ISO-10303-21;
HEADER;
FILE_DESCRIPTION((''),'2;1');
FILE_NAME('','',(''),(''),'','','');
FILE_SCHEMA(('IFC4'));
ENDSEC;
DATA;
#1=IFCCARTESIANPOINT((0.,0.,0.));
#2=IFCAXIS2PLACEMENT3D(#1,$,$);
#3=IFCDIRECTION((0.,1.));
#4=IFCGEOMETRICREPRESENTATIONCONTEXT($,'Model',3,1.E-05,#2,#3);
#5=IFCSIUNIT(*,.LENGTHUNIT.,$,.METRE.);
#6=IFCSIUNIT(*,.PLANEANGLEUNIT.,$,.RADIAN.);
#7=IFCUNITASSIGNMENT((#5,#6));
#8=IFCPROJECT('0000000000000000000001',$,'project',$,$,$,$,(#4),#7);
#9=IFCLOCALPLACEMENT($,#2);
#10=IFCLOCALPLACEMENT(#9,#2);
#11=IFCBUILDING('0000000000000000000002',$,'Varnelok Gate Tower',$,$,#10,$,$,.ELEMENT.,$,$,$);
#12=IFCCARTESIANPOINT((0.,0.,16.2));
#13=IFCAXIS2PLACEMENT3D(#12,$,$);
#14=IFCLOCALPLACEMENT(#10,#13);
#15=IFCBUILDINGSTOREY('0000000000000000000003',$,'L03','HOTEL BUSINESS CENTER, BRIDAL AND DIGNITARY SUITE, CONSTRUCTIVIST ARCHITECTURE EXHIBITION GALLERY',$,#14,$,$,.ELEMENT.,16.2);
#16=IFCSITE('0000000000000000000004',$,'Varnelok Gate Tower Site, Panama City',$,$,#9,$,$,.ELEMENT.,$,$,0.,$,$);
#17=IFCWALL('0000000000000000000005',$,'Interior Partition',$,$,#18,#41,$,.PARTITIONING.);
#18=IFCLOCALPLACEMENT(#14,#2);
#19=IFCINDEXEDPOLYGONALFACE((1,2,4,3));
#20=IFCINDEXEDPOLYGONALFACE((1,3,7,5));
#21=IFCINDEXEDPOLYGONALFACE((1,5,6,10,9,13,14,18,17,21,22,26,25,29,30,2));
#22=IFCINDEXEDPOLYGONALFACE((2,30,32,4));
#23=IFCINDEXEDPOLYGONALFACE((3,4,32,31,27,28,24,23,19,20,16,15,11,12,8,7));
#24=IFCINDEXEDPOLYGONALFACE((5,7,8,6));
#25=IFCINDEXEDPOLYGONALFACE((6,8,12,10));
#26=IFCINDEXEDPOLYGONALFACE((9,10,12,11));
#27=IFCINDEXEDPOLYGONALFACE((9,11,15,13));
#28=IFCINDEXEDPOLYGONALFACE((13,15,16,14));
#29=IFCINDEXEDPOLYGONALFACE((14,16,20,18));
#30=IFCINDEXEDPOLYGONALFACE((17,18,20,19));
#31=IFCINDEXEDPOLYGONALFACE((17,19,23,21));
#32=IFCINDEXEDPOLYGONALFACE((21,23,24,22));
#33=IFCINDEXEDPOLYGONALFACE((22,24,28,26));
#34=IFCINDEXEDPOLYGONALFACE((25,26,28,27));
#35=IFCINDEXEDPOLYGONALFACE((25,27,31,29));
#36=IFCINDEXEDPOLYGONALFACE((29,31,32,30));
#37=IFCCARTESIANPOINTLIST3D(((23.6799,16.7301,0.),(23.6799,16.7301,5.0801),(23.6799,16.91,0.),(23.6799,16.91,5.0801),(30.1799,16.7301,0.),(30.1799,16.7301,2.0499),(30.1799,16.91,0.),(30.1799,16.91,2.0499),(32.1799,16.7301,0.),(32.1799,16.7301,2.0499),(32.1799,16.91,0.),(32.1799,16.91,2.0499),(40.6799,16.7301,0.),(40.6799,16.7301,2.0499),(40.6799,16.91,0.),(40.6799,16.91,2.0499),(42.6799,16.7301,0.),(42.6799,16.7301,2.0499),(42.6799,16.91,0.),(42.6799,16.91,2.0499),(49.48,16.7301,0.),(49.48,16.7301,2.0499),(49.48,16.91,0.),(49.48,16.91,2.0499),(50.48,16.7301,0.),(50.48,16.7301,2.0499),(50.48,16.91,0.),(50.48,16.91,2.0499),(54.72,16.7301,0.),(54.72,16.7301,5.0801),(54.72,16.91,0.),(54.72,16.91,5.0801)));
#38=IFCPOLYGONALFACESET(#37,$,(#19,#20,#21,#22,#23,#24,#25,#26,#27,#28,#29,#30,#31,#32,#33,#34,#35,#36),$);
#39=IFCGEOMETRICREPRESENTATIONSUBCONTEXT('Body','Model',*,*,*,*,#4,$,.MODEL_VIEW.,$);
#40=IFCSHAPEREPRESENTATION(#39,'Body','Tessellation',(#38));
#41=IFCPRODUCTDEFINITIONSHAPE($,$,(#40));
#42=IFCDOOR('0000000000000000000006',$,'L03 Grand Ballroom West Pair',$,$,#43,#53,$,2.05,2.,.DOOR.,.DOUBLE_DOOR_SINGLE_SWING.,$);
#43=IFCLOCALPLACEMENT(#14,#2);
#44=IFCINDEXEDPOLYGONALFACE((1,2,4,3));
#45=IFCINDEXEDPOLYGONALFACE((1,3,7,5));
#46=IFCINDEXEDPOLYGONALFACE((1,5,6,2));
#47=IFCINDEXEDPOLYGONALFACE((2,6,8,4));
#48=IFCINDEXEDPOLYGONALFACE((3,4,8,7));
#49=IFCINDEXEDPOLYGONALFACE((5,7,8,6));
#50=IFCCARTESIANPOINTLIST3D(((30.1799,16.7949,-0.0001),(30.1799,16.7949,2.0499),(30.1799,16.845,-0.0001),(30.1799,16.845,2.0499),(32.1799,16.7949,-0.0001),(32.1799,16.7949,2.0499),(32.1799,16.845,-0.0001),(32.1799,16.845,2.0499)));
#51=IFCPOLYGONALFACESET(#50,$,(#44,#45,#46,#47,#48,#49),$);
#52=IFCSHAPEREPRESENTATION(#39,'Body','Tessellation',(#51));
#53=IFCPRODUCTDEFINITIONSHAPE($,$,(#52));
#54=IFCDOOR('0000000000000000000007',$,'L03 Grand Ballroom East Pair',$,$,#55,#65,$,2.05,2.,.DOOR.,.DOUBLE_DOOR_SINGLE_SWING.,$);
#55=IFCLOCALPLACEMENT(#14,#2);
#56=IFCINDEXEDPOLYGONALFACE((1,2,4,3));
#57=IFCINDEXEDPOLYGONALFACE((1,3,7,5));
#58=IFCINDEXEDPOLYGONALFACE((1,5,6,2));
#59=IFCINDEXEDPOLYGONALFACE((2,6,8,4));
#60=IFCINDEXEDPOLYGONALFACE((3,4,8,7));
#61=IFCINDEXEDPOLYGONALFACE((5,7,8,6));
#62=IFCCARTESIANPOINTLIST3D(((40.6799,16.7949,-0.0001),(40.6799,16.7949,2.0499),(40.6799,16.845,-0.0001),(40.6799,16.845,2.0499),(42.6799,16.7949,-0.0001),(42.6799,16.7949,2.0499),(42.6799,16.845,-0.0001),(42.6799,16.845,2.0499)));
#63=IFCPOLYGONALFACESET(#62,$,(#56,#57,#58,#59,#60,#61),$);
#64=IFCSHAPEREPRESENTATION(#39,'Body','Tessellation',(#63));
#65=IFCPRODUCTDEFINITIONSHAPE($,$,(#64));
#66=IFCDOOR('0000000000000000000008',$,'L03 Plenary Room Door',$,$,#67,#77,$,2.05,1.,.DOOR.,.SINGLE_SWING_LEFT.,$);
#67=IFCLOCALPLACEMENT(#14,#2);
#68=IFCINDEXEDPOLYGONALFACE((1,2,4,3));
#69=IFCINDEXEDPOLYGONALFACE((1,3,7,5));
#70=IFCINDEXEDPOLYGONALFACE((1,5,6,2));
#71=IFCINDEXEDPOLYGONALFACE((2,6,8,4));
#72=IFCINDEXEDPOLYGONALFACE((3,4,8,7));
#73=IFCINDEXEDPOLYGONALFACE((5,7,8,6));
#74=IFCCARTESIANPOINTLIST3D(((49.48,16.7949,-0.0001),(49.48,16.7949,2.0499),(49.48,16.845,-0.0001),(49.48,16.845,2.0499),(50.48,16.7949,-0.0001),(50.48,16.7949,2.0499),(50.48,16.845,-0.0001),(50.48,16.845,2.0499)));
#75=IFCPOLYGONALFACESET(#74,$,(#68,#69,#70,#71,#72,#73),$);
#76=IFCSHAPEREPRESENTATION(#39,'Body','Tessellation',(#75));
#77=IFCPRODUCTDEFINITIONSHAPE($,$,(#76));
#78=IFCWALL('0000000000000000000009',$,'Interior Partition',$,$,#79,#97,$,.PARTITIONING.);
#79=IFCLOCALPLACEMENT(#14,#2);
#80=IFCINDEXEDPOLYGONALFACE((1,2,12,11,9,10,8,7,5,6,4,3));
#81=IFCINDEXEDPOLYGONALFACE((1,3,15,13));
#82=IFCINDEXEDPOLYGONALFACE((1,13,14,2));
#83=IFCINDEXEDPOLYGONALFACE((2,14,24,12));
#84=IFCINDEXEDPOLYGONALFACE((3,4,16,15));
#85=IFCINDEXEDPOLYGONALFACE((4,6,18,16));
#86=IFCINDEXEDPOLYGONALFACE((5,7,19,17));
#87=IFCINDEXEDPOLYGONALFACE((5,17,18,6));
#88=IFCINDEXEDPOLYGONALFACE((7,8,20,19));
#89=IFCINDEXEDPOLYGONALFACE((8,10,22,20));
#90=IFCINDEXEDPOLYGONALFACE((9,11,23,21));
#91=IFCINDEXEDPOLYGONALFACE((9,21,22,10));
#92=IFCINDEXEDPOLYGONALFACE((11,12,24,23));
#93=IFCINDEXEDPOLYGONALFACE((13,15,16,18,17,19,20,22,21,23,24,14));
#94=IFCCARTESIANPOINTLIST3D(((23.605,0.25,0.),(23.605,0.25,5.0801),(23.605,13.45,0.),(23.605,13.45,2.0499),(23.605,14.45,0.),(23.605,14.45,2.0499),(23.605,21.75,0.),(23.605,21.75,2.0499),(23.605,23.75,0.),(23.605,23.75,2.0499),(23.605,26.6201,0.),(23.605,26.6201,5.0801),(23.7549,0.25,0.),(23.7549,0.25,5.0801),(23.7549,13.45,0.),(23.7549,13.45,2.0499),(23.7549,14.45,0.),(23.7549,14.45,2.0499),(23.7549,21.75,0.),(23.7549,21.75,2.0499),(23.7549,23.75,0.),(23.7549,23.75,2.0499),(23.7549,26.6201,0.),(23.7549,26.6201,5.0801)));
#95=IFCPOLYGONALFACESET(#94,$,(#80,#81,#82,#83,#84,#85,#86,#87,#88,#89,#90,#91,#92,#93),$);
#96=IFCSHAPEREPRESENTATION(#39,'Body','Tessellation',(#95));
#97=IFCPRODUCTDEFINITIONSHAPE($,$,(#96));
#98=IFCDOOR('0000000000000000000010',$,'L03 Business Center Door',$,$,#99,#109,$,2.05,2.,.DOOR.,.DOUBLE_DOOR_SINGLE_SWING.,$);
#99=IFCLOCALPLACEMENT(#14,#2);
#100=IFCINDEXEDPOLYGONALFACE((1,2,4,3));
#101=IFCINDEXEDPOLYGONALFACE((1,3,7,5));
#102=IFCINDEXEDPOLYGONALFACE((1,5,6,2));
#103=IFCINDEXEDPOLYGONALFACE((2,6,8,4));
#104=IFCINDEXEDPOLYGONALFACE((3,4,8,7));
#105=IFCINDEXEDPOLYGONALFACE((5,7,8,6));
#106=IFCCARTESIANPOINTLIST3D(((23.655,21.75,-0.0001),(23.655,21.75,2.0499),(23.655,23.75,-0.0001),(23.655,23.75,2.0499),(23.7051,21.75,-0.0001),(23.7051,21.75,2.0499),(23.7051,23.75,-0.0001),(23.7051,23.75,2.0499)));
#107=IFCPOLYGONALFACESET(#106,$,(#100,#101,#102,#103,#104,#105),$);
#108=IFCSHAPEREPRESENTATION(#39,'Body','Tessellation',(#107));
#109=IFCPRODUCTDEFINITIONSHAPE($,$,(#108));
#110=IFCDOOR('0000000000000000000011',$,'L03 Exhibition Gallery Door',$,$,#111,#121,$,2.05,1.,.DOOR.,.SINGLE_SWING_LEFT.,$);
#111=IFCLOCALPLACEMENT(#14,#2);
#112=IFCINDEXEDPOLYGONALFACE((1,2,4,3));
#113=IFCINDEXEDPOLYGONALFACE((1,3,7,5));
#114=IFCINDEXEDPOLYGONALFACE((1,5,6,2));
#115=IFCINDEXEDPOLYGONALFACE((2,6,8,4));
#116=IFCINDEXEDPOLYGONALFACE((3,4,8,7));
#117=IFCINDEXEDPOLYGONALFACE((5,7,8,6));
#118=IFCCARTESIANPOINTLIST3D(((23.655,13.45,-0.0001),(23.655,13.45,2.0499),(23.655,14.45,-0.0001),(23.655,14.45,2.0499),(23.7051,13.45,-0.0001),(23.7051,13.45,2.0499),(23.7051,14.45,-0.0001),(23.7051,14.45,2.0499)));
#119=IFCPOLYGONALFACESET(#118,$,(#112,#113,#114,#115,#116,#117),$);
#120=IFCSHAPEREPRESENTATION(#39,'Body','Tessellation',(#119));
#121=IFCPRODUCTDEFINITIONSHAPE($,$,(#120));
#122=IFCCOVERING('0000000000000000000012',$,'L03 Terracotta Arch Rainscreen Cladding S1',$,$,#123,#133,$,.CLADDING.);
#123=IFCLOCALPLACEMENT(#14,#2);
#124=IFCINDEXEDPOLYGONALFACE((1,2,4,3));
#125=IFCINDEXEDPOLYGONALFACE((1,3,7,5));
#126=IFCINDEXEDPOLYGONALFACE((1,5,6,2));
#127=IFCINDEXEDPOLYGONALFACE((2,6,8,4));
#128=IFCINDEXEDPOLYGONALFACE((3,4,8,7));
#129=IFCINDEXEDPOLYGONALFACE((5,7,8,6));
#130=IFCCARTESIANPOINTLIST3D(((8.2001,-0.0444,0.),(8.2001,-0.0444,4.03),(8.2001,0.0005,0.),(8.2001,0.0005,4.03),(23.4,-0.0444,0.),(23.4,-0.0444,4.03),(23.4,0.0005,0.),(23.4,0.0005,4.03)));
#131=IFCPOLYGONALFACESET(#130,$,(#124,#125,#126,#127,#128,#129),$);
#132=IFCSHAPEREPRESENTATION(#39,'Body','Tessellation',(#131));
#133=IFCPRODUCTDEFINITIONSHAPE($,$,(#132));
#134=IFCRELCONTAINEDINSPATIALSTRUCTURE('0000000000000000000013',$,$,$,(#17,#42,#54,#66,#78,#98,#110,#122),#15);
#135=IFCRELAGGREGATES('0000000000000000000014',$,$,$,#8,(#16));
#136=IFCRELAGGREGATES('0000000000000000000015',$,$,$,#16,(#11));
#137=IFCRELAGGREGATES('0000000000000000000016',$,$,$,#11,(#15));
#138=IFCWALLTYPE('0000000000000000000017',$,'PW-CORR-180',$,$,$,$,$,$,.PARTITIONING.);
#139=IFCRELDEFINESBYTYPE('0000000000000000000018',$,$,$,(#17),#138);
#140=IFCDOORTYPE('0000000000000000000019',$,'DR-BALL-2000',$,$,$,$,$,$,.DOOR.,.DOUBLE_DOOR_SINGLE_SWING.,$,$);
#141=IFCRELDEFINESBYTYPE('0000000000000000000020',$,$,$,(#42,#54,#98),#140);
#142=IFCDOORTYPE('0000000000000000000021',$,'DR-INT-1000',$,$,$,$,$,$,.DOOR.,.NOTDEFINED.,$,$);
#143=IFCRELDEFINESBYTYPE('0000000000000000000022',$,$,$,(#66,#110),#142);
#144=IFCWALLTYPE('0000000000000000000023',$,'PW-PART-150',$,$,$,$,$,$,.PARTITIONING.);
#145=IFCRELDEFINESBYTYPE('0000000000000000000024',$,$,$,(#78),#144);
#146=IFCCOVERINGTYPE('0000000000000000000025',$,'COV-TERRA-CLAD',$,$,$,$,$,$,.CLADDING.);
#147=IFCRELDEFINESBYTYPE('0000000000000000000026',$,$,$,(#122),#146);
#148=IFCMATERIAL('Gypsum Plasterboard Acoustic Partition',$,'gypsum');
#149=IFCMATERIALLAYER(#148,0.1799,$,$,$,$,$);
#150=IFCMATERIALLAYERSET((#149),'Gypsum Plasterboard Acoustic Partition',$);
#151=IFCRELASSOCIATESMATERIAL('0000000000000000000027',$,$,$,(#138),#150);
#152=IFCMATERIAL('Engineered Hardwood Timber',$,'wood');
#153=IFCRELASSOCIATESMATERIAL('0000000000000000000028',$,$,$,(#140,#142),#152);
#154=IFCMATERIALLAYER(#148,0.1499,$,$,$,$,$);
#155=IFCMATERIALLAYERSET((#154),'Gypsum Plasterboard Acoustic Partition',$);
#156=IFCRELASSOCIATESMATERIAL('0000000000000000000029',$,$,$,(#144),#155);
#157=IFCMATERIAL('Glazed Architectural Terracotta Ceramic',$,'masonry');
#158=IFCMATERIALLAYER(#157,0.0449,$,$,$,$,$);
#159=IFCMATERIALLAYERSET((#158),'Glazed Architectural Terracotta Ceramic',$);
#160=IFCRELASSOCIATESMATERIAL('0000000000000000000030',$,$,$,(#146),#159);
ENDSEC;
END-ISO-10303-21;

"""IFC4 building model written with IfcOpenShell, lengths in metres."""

from ifc_helpers import new_model, si_unit, direction, frame, frame_2d, origin, origin_2d, place, context, subcontext, project, spatial, rectangle, extrude, source, transform, mapped, material, layer, layer_set, type_object, element, fill, save


model = new_model("IFC4")

# Units and contexts
model_context = context("Model", 3, precision=1e-05, world=origin(), true_north=direction((0.0, 1.0)))
body_context = subcontext(model_context, "Body", "Model", "MODEL_VIEW")
ifc_project = project(units=[si_unit("LENGTHUNIT", "METRE"), si_unit("PLANEANGLEUNIT", "RADIAN")], contexts=[model_context])

# Site, building, storey
site_placement = place(None, origin())
site = spatial("IfcSite", under=ifc_project, at=site_placement, Name="Varnelok Gate Tower Site, Panama City", CompositionType="ELEMENT", RefElevation=0.0)
building_placement = place(site_placement, origin())
building = spatial("IfcBuilding", under=site, at=building_placement, Name="Varnelok Gate Tower", CompositionType="ELEMENT")
storey_placement = place(building_placement, frame((0.0, 0.0, 16.2)))
storey = spatial("IfcBuildingStorey", under=building, at=storey_placement, Name="L03", Description="HOTEL BUSINESS CENTER, BRIDAL AND DIGNITARY SUITE, CONSTRUCTIVIST ARCHITECTURE EXHIBITION GALLERY", CompositionType="ELEMENT", Elevation=16.2)

# Walls, openings, doors
ifc_material_1 = material(Name="Gypsum Plasterboard Acoustic Partition", Category="gypsum")
ifc_layer_1 = layer(ifc_material_1, 0.1799)
ifc_layer_set_1 = layer_set([ifc_layer_1], Name="Gypsum Plasterboard Acoustic Partition")
wall_type_1 = type_object("IfcWallType", Name="PW-CORR-180", PredefinedType="PARTITIONING", material=ifc_layer_set_1)
wall_1_placement = place(storey_placement, frame((23.6799, 16.8201, 0.0), z_axis=(0.0, 0.0, 1.0), x_axis=(1.0, 0.0, 0.0)))
wall_1 = element("IfcWall", 1, at=wall_1_placement, inside=storey, type_object=wall_type_1, Name="Interior Partition", PredefinedType="PARTITIONING", context=body_context, shape_type="SweptSolid", body=[
    extrude(rectangle(XDim=31.04, YDim=0.1799, at=frame_2d((15.52, 0.0))), origin(), (0.0, 0.0, 1.0), 5.0801),
])
opening_1_placement = place(wall_1_placement, frame((6.5, 0.0, 0.0)))
opening_1 = element("IfcOpeningElement", 2, at=opening_1_placement, cuts=wall_1, PredefinedType="OPENING", context=body_context, shape_type="SweptSolid", body=[
    extrude(rectangle(XDim=2.0, YDim=2.05, at=frame_2d((1.0, 1.0249))), frame((0.0, 0.0999, 0.0), z_axis=(0.0, -1.0, 0.0), x_axis=(1.0, 0.0, 0.0)), (0.0, 0.0, 1.0), 0.2),
])
opening_2_placement = place(wall_1_placement, frame((17.0, 0.0, 0.0)))
opening_2 = element("IfcOpeningElement", 3, at=opening_2_placement, cuts=wall_1, PredefinedType="OPENING", context=body_context, shape_type="SweptSolid", body=[
    extrude(rectangle(XDim=2.0, YDim=2.05, at=frame_2d((1.0, 1.0249))), frame((0.0, 0.0999, 0.0), z_axis=(0.0, -1.0, 0.0), x_axis=(1.0, 0.0, 0.0)), (0.0, 0.0, 1.0), 0.2),
])
opening_3_placement = place(wall_1_placement, frame((25.8, 0.0, 0.0)))
opening_3 = element("IfcOpeningElement", 4, at=opening_3_placement, cuts=wall_1, PredefinedType="OPENING", context=body_context, shape_type="SweptSolid", body=[
    extrude(rectangle(XDim=1.0, YDim=2.05, at=frame_2d((0.5, 1.0249))), frame((0.0, 0.0999, 0.0), z_axis=(0.0, -1.0, 0.0), x_axis=(1.0, 0.0, 0.0)), (0.0, 0.0, 1.0), 0.2),
])
ifc_material_2 = material(Name="Engineered Hardwood Timber", Category="wood")
door_type_1 = type_object("IfcDoorType", Name="DR-BALL-2000", OperationType="DOUBLE_DOOR_SINGLE_SWING", PredefinedType="DOOR", material=ifc_material_2)
door_1_placement = place(opening_1_placement, origin())
door_1 = element("IfcDoor", 5, at=door_1_placement, inside=storey, type_object=door_type_1, Name="L03 Grand Ballroom West Pair", OperationType="DOUBLE_DOOR_SINGLE_SWING", OverallHeight=2.05, OverallWidth=2.0, PredefinedType="DOOR", context=body_context, shape_type="SweptSolid", body=[
    extrude(rectangle(XDim=2.0, YDim=2.05, at=frame_2d((1.0, 1.0249))), frame((0.0, 0.0249, 0.0), z_axis=(0.0, -1.0, 0.0), x_axis=(1.0, 0.0, 0.0)), (0.0, 0.0, 1.0), 0.05),
])
fill(opening_1, door_1)
door_2_placement = place(opening_2_placement, origin())
door_2 = element("IfcDoor", 6, at=door_2_placement, inside=storey, type_object=door_type_1, Name="L03 Grand Ballroom East Pair", OperationType="DOUBLE_DOOR_SINGLE_SWING", OverallHeight=2.05, OverallWidth=2.0, PredefinedType="DOOR", context=body_context, shape_type="SweptSolid", body=[
    extrude(rectangle(XDim=2.0, YDim=2.05, at=frame_2d((1.0, 1.0249))), frame((0.0, 0.0249, 0.0), z_axis=(0.0, -1.0, 0.0), x_axis=(1.0, 0.0, 0.0)), (0.0, 0.0, 1.0), 0.05),
])
fill(opening_2, door_2)
door_type_2 = type_object("IfcDoorType", Name="DR-INT-1000", OperationType="NOTDEFINED", PredefinedType="DOOR", material=ifc_material_2)
door_3_placement = place(opening_3_placement, origin())
door_3 = element("IfcDoor", 7, at=door_3_placement, inside=storey, type_object=door_type_2, Name="L03 Plenary Room Door", OperationType="SINGLE_SWING_LEFT", OverallHeight=2.05, OverallWidth=1.0, PredefinedType="DOOR", context=body_context, shape_type="SweptSolid", body=[
    extrude(rectangle(XDim=1.0, YDim=2.05, at=frame_2d((0.5, 1.0249))), frame((0.0, 0.0249, 0.0), z_axis=(0.0, -1.0, 0.0), x_axis=(1.0, 0.0, 0.0)), (0.0, 0.0, 1.0), 0.05),
])
fill(opening_3, door_3)
ifc_layer_2 = layer(ifc_material_1, 0.1499)
ifc_layer_set_2 = layer_set([ifc_layer_2], Name="Gypsum Plasterboard Acoustic Partition")
wall_type_2 = type_object("IfcWallType", Name="PW-PART-150", PredefinedType="PARTITIONING", material=ifc_layer_set_2)
wall_2_placement = place(storey_placement, frame((23.6799, 0.25, 0.0), z_axis=(0.0, 0.0, 1.0), x_axis=(0.0, 1.0, 0.0)))
wall_2 = element("IfcWall", 8, at=wall_2_placement, inside=storey, type_object=wall_type_2, Name="Interior Partition", PredefinedType="PARTITIONING", context=body_context, shape_type="SweptSolid", body=[
    extrude(rectangle(XDim=26.3701, YDim=0.1499, at=frame_2d((13.1851, 0.0))), origin(), (0.0, 0.0, 1.0), 5.0801),
])
opening_4_placement = place(wall_2_placement, frame((13.2, 0.0, 0.0)))
opening_4 = element("IfcOpeningElement", 9, at=opening_4_placement, cuts=wall_2, PredefinedType="OPENING", context=body_context, shape_type="SweptSolid", body=[
    extrude(rectangle(XDim=1.0, YDim=2.05, at=frame_2d((0.5, 1.0249))), frame((0.0, 0.085, 0.0), z_axis=(0.0, -1.0, 0.0), x_axis=(1.0, 0.0, 0.0)), (0.0, 0.0, 1.0), 0.1699),
])
opening_5_placement = place(wall_2_placement, frame((21.5, 0.0, 0.0)))
opening_5 = element("IfcOpeningElement", 10, at=opening_5_placement, cuts=wall_2, PredefinedType="OPENING", context=body_context, shape_type="SweptSolid", body=[
    extrude(rectangle(XDim=2.0, YDim=2.05, at=frame_2d((1.0, 1.0249))), frame((0.0, 0.085, 0.0), z_axis=(0.0, -1.0, 0.0), x_axis=(1.0, 0.0, 0.0)), (0.0, 0.0, 1.0), 0.1699),
])
door_4_placement = place(opening_5_placement, origin())
door_4 = element("IfcDoor", 11, at=door_4_placement, inside=storey, type_object=door_type_1, Name="L03 Business Center Door", OperationType="DOUBLE_DOOR_SINGLE_SWING", OverallHeight=2.05, OverallWidth=2.0, PredefinedType="DOOR", context=body_context, shape_type="SweptSolid", body=[
    extrude(rectangle(XDim=2.0, YDim=2.05, at=frame_2d((1.0, 1.0249))), frame((0.0, 0.0249, 0.0), z_axis=(0.0, -1.0, 0.0), x_axis=(1.0, 0.0, 0.0)), (0.0, 0.0, 1.0), 0.05),
])
fill(opening_5, door_4)
door_5_placement = place(opening_4_placement, origin())
door_5 = element("IfcDoor", 12, at=door_5_placement, inside=storey, type_object=door_type_2, Name="L03 Exhibition Gallery Door", OperationType="SINGLE_SWING_LEFT", OverallHeight=2.05, OverallWidth=1.0, PredefinedType="DOOR", context=body_context, shape_type="SweptSolid", body=[
    extrude(rectangle(XDim=1.0, YDim=2.05, at=frame_2d((0.5, 1.0249))), frame((0.0, 0.0249, 0.0), z_axis=(0.0, -1.0, 0.0), x_axis=(1.0, 0.0, 0.0)), (0.0, 0.0, 1.0), 0.05),
])
fill(opening_4, door_5)

# Covering
ifc_material_3 = material(Name="Glazed Architectural Terracotta Ceramic", Category="masonry")
ifc_layer_3 = layer(ifc_material_3, 0.0449)
ifc_layer_set_3 = layer_set([ifc_layer_3], Name="Glazed Architectural Terracotta Ceramic")
covering_type = type_object("IfcCoveringType", Name="COV-TERRA-CLAD", PredefinedType="CLADDING", material=ifc_layer_set_3)
shared_shape = source(origin(), body_context, "Body", "SweptSolid", [
    extrude(rectangle(XDim=15.2, YDim=0.0449, at=origin_2d()), origin(), (0.0, 0.0, 1.0), 4.03),
])
covering_placement = place(storey_placement, frame((15.8, -0.022, 0.0), z_axis=(0.0, 0.0, 1.0), x_axis=(1.0, 0.0, 0.0)))
element("IfcCovering", 13, at=covering_placement, inside=storey, type_object=covering_type, Name="L03 Terracotta Arch Rainscreen Cladding S1", PredefinedType="CLADDING", context=body_context, shape_type="MappedRepresentation", body=[
    mapped(shared_shape, transform((0.0, 0.0, 0.0), scale=1.0)),
])

save(model, "model.ifc")
